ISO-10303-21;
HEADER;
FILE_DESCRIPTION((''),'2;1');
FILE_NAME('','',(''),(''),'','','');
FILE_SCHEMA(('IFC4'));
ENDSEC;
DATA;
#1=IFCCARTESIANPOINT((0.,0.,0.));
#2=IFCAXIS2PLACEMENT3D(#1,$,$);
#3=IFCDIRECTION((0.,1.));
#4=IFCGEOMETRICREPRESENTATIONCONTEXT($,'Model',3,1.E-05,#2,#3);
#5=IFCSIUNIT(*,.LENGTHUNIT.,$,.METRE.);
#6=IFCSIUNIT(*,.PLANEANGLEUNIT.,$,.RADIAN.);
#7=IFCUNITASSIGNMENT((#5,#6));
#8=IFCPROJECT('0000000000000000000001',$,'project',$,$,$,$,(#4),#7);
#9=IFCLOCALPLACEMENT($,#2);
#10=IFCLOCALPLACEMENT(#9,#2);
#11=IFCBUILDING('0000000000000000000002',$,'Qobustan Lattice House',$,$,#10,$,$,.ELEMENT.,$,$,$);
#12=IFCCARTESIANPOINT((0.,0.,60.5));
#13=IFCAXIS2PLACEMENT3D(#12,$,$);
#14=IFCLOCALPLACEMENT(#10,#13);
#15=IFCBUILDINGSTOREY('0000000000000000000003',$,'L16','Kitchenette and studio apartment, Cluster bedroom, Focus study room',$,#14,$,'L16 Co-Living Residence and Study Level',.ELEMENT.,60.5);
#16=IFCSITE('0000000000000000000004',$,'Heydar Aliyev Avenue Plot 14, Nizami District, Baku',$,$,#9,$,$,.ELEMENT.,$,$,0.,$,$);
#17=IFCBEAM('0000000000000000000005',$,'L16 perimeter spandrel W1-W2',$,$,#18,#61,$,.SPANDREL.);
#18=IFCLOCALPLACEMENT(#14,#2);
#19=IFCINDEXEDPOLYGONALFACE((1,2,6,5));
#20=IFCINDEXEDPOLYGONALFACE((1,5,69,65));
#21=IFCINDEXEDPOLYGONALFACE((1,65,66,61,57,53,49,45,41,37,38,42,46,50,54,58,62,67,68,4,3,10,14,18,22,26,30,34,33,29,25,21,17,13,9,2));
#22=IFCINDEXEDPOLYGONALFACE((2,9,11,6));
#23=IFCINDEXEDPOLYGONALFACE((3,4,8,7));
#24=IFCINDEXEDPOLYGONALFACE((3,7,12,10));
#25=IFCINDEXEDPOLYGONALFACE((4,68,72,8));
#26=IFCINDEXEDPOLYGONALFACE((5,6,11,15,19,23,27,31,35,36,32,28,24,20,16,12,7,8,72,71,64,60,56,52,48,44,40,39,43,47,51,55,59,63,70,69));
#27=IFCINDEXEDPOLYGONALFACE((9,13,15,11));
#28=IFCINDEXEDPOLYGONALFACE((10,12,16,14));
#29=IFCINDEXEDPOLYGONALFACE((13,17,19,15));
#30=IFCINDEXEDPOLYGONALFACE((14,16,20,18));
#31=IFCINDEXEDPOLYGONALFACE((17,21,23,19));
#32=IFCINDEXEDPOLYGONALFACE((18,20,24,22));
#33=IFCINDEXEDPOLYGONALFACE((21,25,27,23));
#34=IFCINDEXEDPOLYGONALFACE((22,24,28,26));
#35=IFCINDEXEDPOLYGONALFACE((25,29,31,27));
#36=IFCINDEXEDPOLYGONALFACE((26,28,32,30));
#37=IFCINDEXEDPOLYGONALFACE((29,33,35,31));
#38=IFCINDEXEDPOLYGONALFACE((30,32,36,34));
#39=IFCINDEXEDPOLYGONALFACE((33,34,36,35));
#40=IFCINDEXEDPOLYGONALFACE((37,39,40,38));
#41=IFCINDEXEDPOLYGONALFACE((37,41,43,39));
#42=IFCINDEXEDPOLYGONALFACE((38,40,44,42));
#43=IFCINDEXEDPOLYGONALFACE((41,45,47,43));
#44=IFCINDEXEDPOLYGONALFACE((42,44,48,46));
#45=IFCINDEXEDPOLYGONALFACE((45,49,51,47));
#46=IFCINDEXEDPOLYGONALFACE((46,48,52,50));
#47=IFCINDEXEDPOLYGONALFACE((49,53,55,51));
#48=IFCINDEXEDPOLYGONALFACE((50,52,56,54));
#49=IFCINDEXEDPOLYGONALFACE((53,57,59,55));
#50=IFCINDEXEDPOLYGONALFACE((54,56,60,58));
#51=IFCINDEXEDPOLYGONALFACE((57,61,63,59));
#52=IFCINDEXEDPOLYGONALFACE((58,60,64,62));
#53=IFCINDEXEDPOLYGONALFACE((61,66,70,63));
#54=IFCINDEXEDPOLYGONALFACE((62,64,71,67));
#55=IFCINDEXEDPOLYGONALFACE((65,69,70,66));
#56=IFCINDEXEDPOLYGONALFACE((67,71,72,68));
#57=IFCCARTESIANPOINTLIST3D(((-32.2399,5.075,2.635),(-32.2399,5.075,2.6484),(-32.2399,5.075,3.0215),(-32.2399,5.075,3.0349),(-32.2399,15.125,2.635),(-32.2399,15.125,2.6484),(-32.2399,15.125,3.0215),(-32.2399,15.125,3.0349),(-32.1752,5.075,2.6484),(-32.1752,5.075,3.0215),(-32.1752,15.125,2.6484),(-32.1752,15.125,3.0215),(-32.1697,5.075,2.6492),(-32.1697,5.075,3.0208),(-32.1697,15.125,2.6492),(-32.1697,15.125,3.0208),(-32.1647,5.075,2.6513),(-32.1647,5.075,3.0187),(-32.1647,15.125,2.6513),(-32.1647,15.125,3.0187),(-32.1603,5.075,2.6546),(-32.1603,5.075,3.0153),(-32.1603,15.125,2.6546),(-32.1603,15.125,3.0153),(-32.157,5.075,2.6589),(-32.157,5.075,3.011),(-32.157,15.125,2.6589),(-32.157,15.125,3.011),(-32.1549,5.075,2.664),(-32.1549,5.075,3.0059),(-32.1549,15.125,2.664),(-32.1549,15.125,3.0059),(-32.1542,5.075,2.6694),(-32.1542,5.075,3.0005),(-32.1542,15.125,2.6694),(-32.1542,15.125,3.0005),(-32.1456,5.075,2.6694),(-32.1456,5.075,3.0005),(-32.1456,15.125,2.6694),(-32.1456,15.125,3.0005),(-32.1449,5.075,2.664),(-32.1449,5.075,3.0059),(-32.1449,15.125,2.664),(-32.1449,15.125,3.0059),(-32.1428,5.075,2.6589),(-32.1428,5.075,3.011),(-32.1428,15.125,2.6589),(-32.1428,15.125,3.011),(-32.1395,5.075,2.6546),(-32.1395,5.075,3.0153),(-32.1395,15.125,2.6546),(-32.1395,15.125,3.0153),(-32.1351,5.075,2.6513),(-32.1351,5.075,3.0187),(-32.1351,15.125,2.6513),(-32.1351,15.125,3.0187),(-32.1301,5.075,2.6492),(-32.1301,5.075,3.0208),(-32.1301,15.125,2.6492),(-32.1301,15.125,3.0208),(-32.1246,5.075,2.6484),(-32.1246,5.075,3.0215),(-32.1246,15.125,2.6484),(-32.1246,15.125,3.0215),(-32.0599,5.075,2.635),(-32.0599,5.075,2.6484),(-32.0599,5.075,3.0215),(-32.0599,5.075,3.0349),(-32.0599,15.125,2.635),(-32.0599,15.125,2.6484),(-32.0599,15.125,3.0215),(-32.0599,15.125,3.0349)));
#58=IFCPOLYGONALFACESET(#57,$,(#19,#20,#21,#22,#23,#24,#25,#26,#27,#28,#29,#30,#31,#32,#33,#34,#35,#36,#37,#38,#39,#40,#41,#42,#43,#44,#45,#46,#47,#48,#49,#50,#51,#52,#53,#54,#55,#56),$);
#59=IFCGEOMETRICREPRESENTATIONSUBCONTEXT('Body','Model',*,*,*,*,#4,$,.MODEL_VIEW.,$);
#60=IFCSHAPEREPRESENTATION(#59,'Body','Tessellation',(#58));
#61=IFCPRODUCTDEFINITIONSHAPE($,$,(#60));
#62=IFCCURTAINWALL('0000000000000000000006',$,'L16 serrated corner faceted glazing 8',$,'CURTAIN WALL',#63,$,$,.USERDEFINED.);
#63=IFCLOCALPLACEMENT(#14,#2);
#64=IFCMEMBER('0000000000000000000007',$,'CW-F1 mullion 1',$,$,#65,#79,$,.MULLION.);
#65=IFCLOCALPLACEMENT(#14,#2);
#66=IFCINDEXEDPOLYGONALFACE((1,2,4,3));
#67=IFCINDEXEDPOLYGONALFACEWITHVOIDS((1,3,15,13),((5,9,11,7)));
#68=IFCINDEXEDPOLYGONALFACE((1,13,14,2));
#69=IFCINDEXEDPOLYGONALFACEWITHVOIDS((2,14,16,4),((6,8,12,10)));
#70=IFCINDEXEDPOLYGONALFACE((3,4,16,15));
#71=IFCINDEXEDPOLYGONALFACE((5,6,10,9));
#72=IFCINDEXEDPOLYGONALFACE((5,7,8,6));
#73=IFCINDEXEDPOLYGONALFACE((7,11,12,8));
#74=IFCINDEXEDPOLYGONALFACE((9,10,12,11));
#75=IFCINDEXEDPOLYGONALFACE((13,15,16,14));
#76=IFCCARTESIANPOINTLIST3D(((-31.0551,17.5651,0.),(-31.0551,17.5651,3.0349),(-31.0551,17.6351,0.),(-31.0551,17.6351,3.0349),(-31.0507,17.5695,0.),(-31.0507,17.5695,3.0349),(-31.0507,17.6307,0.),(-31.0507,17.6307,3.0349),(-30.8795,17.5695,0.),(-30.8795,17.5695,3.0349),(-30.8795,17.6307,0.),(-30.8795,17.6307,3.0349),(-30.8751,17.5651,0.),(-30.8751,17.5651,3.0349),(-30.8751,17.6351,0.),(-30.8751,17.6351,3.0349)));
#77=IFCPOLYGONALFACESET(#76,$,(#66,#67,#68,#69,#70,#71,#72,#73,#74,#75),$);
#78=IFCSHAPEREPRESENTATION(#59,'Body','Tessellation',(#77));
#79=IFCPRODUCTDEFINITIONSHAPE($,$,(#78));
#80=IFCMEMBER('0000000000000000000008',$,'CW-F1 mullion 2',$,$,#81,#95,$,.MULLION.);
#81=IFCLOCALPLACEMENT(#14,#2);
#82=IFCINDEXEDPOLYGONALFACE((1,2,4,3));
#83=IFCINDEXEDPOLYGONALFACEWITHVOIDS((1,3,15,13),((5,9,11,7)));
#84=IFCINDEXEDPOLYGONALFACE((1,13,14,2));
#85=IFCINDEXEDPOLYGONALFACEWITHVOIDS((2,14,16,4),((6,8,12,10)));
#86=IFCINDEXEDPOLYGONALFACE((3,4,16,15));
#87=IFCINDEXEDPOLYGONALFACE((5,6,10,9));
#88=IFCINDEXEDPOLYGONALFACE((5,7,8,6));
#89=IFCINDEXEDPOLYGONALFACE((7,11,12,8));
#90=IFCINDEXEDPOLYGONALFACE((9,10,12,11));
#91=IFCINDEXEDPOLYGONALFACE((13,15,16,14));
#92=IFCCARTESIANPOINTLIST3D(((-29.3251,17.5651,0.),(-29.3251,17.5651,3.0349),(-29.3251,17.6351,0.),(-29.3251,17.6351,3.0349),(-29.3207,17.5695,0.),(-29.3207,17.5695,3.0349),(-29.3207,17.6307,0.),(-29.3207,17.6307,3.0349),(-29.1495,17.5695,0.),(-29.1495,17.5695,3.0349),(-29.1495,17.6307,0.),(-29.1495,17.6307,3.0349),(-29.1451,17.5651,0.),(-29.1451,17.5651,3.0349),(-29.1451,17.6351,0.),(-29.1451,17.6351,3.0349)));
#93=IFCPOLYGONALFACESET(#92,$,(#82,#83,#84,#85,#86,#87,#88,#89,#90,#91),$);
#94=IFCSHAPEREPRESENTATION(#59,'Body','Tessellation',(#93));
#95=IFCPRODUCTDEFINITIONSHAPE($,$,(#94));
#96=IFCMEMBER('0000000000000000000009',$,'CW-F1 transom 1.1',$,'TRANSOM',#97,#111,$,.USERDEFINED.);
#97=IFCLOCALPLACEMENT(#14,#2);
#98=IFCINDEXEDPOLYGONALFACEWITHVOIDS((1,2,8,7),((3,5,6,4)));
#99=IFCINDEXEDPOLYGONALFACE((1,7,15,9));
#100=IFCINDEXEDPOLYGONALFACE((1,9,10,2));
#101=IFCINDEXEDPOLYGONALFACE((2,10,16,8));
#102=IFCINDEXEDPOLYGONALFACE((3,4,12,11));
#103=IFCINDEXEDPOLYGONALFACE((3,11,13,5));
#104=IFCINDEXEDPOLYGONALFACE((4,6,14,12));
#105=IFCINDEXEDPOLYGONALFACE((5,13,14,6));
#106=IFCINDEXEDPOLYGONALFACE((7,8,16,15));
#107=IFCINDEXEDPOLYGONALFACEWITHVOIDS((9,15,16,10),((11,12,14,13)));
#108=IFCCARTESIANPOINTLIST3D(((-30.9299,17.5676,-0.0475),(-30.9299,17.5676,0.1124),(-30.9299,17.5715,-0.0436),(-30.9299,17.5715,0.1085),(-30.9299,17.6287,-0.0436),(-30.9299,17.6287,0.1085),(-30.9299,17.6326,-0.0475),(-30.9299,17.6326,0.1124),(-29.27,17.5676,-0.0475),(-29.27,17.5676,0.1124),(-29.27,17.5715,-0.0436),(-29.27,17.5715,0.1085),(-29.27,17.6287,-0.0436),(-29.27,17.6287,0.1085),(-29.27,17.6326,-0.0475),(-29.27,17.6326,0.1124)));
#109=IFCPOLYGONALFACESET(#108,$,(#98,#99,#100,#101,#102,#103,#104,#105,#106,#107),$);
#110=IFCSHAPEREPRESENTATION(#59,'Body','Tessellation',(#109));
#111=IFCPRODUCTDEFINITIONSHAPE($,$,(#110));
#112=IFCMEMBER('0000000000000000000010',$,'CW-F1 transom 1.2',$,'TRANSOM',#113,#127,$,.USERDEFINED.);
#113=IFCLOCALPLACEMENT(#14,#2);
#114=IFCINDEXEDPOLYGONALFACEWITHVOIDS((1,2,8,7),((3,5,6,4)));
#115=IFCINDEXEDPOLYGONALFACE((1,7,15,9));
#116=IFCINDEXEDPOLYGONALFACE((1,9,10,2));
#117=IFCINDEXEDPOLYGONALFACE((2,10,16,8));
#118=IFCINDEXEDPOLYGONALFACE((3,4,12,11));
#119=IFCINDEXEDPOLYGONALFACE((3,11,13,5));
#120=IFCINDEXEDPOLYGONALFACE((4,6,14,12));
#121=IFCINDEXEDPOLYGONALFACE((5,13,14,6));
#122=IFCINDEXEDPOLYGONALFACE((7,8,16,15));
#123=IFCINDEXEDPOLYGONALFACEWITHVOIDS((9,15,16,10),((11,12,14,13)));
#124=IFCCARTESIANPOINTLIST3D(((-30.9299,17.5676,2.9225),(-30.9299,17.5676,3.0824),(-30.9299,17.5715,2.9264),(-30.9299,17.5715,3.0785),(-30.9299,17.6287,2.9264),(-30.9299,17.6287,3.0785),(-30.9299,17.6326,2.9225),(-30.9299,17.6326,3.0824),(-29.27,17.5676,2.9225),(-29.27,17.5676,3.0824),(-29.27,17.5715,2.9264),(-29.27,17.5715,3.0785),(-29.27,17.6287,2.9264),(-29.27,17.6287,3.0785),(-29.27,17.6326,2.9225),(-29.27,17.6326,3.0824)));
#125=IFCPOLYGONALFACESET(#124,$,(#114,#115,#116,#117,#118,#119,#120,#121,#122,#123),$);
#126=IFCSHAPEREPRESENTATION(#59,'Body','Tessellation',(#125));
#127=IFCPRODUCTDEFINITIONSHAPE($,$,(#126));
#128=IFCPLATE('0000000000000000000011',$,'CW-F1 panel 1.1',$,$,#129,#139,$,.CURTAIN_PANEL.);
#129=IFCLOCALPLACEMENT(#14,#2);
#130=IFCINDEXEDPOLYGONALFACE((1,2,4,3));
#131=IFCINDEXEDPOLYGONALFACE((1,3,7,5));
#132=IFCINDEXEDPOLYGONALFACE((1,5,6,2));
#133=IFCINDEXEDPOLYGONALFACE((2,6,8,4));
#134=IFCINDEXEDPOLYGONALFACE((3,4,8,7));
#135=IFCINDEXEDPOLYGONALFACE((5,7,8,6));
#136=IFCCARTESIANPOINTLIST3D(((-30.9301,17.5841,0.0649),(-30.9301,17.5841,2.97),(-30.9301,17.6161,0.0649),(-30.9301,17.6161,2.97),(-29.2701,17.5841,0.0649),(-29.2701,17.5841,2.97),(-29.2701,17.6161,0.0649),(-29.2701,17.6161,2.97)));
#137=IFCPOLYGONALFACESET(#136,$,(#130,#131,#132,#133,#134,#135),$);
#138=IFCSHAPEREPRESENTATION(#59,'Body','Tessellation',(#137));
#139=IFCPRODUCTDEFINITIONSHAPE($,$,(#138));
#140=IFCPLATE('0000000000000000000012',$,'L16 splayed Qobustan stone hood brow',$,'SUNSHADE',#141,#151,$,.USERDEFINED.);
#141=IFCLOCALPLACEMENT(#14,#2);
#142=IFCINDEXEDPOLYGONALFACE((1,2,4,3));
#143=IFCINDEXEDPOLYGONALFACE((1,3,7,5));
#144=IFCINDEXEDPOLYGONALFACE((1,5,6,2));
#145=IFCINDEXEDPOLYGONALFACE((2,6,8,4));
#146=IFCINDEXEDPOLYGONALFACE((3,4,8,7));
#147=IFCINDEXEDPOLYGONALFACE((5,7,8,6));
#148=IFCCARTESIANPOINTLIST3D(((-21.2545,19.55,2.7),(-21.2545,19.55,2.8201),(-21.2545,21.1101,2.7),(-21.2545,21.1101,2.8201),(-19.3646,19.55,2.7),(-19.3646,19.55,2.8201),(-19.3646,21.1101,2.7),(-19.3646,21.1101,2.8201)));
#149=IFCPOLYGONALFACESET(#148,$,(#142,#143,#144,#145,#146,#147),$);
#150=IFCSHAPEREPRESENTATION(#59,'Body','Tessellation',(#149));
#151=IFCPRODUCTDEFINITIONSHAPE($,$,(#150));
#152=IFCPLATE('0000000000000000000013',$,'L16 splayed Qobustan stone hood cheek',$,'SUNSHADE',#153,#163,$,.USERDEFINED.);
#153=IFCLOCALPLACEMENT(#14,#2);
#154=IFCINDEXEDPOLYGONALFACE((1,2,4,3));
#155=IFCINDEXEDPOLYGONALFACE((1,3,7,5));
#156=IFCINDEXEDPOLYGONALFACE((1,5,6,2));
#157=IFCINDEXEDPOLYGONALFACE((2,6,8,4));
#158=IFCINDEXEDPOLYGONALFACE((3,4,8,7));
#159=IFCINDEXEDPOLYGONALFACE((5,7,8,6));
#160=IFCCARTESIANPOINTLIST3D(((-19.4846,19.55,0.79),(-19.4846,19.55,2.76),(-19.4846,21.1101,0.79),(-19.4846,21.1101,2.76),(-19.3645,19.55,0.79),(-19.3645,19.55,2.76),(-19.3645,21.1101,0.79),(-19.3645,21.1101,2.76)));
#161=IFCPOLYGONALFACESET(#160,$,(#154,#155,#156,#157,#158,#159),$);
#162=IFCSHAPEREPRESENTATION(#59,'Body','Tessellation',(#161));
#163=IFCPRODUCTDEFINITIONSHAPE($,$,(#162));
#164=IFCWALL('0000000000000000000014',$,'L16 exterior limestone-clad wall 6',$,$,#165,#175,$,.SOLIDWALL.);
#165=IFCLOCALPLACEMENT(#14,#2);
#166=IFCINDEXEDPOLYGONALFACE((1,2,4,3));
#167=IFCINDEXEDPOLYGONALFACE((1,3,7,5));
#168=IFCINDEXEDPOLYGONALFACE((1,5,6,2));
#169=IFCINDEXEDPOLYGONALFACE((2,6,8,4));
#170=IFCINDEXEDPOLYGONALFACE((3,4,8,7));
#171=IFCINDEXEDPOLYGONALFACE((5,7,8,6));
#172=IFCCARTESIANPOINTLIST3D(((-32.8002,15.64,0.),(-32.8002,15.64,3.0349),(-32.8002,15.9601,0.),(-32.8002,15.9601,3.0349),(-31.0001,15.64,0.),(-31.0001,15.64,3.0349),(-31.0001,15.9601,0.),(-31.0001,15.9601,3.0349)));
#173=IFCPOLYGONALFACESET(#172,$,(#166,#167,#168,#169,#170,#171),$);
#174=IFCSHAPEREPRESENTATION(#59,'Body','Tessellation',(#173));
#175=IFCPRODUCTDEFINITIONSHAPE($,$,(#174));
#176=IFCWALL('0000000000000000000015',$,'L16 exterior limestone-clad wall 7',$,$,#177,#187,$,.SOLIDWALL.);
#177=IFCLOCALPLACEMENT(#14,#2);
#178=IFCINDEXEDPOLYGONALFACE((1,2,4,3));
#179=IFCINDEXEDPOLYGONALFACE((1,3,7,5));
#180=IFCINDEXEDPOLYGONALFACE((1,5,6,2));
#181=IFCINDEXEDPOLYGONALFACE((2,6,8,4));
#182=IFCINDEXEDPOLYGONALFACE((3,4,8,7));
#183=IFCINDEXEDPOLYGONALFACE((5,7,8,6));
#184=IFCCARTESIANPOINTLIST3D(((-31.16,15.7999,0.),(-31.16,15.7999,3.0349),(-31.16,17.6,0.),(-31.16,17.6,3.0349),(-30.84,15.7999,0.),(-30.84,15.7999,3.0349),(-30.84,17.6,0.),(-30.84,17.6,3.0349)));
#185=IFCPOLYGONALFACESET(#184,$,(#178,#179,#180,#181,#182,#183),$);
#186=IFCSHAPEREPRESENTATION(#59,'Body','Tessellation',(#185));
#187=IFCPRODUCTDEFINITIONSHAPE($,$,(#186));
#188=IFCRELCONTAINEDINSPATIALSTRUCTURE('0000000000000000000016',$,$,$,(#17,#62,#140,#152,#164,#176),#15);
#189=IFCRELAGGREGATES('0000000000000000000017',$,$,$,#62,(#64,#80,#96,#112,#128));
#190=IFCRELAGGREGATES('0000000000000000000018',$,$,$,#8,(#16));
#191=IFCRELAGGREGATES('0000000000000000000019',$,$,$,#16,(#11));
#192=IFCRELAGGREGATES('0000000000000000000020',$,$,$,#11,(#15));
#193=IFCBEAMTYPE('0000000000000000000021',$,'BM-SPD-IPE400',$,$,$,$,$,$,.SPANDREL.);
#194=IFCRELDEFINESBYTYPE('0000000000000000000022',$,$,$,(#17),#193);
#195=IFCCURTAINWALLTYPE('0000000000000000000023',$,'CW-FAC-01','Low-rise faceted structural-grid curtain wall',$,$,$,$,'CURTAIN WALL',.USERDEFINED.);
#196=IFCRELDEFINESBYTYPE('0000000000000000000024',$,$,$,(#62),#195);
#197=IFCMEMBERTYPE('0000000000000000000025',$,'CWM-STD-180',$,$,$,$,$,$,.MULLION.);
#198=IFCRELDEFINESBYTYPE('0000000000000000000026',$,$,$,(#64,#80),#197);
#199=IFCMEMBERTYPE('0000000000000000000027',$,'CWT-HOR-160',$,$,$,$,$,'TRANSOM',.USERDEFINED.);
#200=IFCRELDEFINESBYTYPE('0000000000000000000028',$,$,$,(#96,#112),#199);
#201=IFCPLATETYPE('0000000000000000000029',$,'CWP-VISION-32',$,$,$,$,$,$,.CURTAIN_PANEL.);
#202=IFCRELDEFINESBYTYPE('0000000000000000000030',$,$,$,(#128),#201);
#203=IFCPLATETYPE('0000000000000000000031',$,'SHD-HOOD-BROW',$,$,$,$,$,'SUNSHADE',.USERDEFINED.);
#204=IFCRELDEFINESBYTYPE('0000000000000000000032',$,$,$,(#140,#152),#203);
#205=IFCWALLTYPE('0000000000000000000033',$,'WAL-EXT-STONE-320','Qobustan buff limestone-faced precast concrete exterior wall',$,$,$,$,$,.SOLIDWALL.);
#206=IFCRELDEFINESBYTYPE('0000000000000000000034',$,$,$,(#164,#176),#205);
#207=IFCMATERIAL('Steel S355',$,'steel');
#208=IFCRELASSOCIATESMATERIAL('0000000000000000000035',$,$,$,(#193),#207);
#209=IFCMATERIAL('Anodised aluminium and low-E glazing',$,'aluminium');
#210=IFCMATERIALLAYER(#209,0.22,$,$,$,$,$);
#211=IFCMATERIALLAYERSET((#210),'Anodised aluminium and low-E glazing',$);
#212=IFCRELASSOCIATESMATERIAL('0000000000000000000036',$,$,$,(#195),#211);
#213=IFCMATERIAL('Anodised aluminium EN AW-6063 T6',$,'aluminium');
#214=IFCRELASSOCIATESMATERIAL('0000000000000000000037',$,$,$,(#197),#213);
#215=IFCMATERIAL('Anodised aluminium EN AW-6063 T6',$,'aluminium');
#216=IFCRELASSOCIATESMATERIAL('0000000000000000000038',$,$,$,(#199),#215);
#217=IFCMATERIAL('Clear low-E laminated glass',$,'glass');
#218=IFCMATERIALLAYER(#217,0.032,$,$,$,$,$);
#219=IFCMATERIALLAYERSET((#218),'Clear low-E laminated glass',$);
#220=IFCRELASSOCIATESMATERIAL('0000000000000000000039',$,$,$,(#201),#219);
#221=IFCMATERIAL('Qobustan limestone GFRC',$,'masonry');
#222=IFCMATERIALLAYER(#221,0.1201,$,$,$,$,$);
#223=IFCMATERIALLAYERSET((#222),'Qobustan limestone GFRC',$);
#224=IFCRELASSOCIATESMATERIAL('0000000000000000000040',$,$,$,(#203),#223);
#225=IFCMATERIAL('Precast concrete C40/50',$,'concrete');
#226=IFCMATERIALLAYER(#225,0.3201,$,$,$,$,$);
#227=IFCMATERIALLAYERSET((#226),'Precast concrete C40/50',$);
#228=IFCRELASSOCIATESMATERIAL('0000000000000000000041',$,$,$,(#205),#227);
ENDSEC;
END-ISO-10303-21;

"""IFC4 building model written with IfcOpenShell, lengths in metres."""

from ifc_helpers import new_model, si_unit, direction, frame, frame_2d, origin, origin_2d, place, context, subcontext, project, spatial, rectangle, hollow_rectangle, i_section, extrude, material, layer, layer_set, material_profile, profile_set, type_object, element, aggregate, save


model = new_model("IFC4")

# Units and contexts
model_context = context("Model", 3, precision=1e-05, world=origin(), true_north=direction((0.0, 1.0)))
body_context = subcontext(model_context, "Body", "Model", "MODEL_VIEW")
ifc_project = project(units=[si_unit("LENGTHUNIT", "METRE"), si_unit("PLANEANGLEUNIT", "RADIAN")], contexts=[model_context])

# Site, building, storey
site_placement = place(None, origin())
site = spatial("IfcSite", under=ifc_project, at=site_placement, Name="Heydar Aliyev Avenue Plot 14, Nizami District, Baku", CompositionType="ELEMENT", RefElevation=0.0)
building_placement = place(site_placement, origin())
building = spatial("IfcBuilding", under=site, at=building_placement, Name="Qobustan Lattice House", CompositionType="ELEMENT")
storey_placement = place(building_placement, frame((0.0, 0.0, 60.5)))
storey = spatial("IfcBuildingStorey", under=building, at=storey_placement, Name="L16", Description="Kitchenette and studio apartment, Cluster bedroom, Focus study room", LongName="L16 Co-Living Residence and Study Level", CompositionType="ELEMENT", Elevation=60.5)

# Beam
ifc_material_1 = material(Name="Steel S355", Category="steel")
ifc_material_profile_1 = material_profile(ifc_material_1, i_section(OverallWidth=0.1799, OverallDepth=0.3999, WebThickness=0.0085, FlangeThickness=0.0134, FilletRadius=0.021, at=origin_2d()), Name="IPE400")
ifc_profile_set_1 = profile_set([ifc_material_profile_1], Name="Steel S355")
beam_type_1 = type_object("IfcBeamType", Name="BM-SPD-IPE400", PredefinedType="SPANDREL", material=ifc_profile_set_1)
beam_1_placement = place(storey_placement, frame((-32.1499, 15.125, 2.835), z_axis=(0.0, -1.0, 0.0), x_axis=(1.0, 0.0, 0.0)))
element("IfcBeam", 1, at=beam_1_placement, inside=storey, type_object=beam_type_1, Name="L16 perimeter spandrel W1-W2", PredefinedType="SPANDREL", context=body_context, shape_type="SweptSolid", body=[
    extrude(i_section(OverallWidth=0.1799, OverallDepth=0.3999, WebThickness=0.0085, FlangeThickness=0.0134, FilletRadius=0.021, at=origin_2d()), origin(), (0.0, 0.0, 1.0), 10.05),
])

# Curtain wall, members, plate
ifc_material_2 = material(Name="Anodised aluminium and low-E glazing", Category="aluminium")
ifc_layer_1 = layer(ifc_material_2, 0.22)
ifc_layer_set_1 = layer_set([ifc_layer_1], Name="Anodised aluminium and low-E glazing")
curtain_wall_type = type_object("IfcCurtainWallType", Name="CW-FAC-01", Description="Low-rise faceted structural-grid curtain wall", ElementType="CURTAIN WALL", PredefinedType="USERDEFINED", material=ifc_layer_set_1)
curtain_wall_placement = place(storey_placement, origin())
curtain_wall = element("IfcCurtainWall", 2, at=curtain_wall_placement, inside=storey, type_object=curtain_wall_type, Name="L16 serrated corner faceted glazing 8", ObjectType="CURTAIN WALL", PredefinedType="USERDEFINED")
ifc_material_3 = material(Name="Anodised aluminium EN AW-6063 T6", Category="aluminium")
ifc_material_profile_2 = material_profile(ifc_material_3, hollow_rectangle(XDim=0.0701, YDim=0.1799, WallThickness=0.0044, at=origin_2d()), Name="CWM-180x70")
ifc_profile_set_2 = profile_set([ifc_material_profile_2], Name="Anodised aluminium EN AW-6063 T6")
member_type_1 = type_object("IfcMemberType", Name="CWM-STD-180", PredefinedType="MULLION", material=ifc_profile_set_2)
member_1_placement = place(storey_placement, frame((-30.9651, 17.6001, 0.0), z_axis=(0.0, 0.0, 1.0), x_axis=(0.0, 1.0, 0.0)))
member_1 = element("IfcMember", 3, at=member_1_placement, type_object=member_type_1, Name="CW-F1 mullion 1", PredefinedType="MULLION", context=body_context, shape_type="SweptSolid", body=[
    extrude(hollow_rectangle(XDim=0.0701, YDim=0.1799, WallThickness=0.0044, at=origin_2d()), origin(), (0.0, 0.0, 1.0), 3.0349),
])
member_2_placement = place(storey_placement, frame((-29.2351, 17.6001, 0.0), z_axis=(0.0, 0.0, 1.0), x_axis=(0.0, 1.0, 0.0)))
member_2 = element("IfcMember", 4, at=member_2_placement, type_object=member_type_1, Name="CW-F1 mullion 2", PredefinedType="MULLION", context=body_context, shape_type="SweptSolid", body=[
    extrude(hollow_rectangle(XDim=0.0701, YDim=0.1799, WallThickness=0.0044, at=origin_2d()), origin(), (0.0, 0.0, 1.0), 3.0349),
])
ifc_material_4 = material(Name="Anodised aluminium EN AW-6063 T6", Category="aluminium")
ifc_material_profile_3 = material_profile(ifc_material_4, hollow_rectangle(XDim=0.0649, YDim=0.1599, WallThickness=0.0039, at=origin_2d()), Name="CWT-160x65")
ifc_profile_set_3 = profile_set([ifc_material_profile_3], Name="Anodised aluminium EN AW-6063 T6")
member_type_2 = type_object("IfcMemberType", Name="CWT-HOR-160", ElementType="TRANSOM", PredefinedType="USERDEFINED", material=ifc_profile_set_3)
member_3_placement = place(storey_placement, frame((-30.9299, 17.6001, 0.0325), z_axis=(1.0, 0.0, 0.0), x_axis=(0.0, 1.0, 0.0)))
member_3 = element("IfcMember", 5, at=member_3_placement, type_object=member_type_2, Name="CW-F1 transom 1.1", ObjectType="TRANSOM", PredefinedType="USERDEFINED", context=body_context, shape_type="SweptSolid", body=[
    extrude(hollow_rectangle(XDim=0.0649, YDim=0.1599, WallThickness=0.0039, at=origin_2d()), origin(), (0.0, 0.0, 1.0), 1.6599),
])
member_4_placement = place(storey_placement, frame((-30.9299, 17.6001, 3.0024), z_axis=(1.0, 0.0, 0.0), x_axis=(0.0, 1.0, 0.0)))
member_4 = element("IfcMember", 6, at=member_4_placement, type_object=member_type_2, Name="CW-F1 transom 1.2", ObjectType="TRANSOM", PredefinedType="USERDEFINED", context=body_context, shape_type="SweptSolid", body=[
    extrude(hollow_rectangle(XDim=0.0649, YDim=0.1599, WallThickness=0.0039, at=origin_2d()), origin(), (0.0, 0.0, 1.0), 1.6599),
])
ifc_material_5 = material(Name="Clear low-E laminated glass", Category="glass")
ifc_layer_2 = layer(ifc_material_5, 0.032)
ifc_layer_set_2 = layer_set([ifc_layer_2], Name="Clear low-E laminated glass")
plate_type_1 = type_object("IfcPlateType", Name="CWP-VISION-32", PredefinedType="CURTAIN_PANEL", material=ifc_layer_set_2)
plate_1_placement = place(storey_placement, frame((-30.1001, 17.6001, 0.0649), z_axis=(0.0, 0.0, 1.0), x_axis=(1.0, 0.0, 0.0)))
plate_1 = element("IfcPlate", 7, at=plate_1_placement, type_object=plate_type_1, Name="CW-F1 panel 1.1", PredefinedType="CURTAIN_PANEL", context=body_context, shape_type="SweptSolid", body=[
    extrude(rectangle(XDim=1.6599, YDim=0.032, at=origin_2d()), origin(), (0.0, 0.0, 1.0), 2.905),
])
aggregate(curtain_wall, [member_1, member_2, member_3, member_4, plate_1])

# Plates
ifc_material_6 = material(Name="Qobustan limestone GFRC", Category="masonry")
ifc_layer_3 = layer(ifc_material_6, 0.1201)
ifc_layer_set_3 = layer_set([ifc_layer_3], Name="Qobustan limestone GFRC")
plate_type_2 = type_object("IfcPlateType", Name="SHD-HOOD-BROW", ElementType="SUNSHADE", PredefinedType="USERDEFINED", material=ifc_layer_set_3)
plate_2_placement = place(storey_placement, frame((-20.3096, 20.3301, 2.7), z_axis=(0.0, 0.0, 1.0), x_axis=(1.0, 0.0, 0.0)))
element("IfcPlate", 8, at=plate_2_placement, inside=storey, type_object=plate_type_2, Name="L16 splayed Qobustan stone hood brow", ObjectType="SUNSHADE", PredefinedType="USERDEFINED", context=body_context, shape_type="SweptSolid", body=[
    extrude(rectangle(XDim=1.8899, YDim=1.5601, at=origin_2d()), origin(), (0.0, 0.0, 1.0), 0.1201),
])
plate_3_placement = place(storey_placement, frame((-19.4246, 20.3301, 0.79), z_axis=(0.0, 0.0, 1.0), x_axis=(1.0, 0.0, 0.0)))
element("IfcPlate", 9, at=plate_3_placement, inside=storey, type_object=plate_type_2, Name="L16 splayed Qobustan stone hood cheek", ObjectType="SUNSHADE", PredefinedType="USERDEFINED", context=body_context, shape_type="SweptSolid", body=[
    extrude(rectangle(XDim=0.1201, YDim=1.5601, at=origin_2d()), origin(), (0.0, 0.0, 1.0), 1.97),
])

# Walls
ifc_material_7 = material(Name="Precast concrete C40/50", Category="concrete")
ifc_layer_4 = layer(ifc_material_7, 0.3201)
ifc_layer_set_4 = layer_set([ifc_layer_4], Name="Precast concrete C40/50")
wall_type = type_object("IfcWallType", Name="WAL-EXT-STONE-320", Description="Qobustan buff limestone-faced precast concrete exterior wall", PredefinedType="SOLIDWALL", material=ifc_layer_set_4)
for number, where, z_axis, x_axis, name in (
    (10, (-32.8, 15.8, 0.0), (0.0, 0.0, 1.0), (1.0, 0.0, 0.0), "L16 exterior limestone-clad wall 6"),
    (11, (-31.0, 15.8, 0.0), (0.0, 0.0, 1.0), (0.0, 1.0, 0.0), "L16 exterior limestone-clad wall 7"),
):
    element("IfcWall", number, at=place(storey_placement, frame(where, z_axis=z_axis, x_axis=x_axis)), inside=storey, type_object=wall_type, Name=name, PredefinedType="SOLIDWALL", context=body_context, shape_type="SweptSolid", body=[
        extrude(rectangle(XDim=1.8, YDim=0.3201, at=frame_2d((0.8999, 0.0))), origin(), (0.0, 0.0, 1.0), 3.0349),
    ])

save(model, "model.ifc")
